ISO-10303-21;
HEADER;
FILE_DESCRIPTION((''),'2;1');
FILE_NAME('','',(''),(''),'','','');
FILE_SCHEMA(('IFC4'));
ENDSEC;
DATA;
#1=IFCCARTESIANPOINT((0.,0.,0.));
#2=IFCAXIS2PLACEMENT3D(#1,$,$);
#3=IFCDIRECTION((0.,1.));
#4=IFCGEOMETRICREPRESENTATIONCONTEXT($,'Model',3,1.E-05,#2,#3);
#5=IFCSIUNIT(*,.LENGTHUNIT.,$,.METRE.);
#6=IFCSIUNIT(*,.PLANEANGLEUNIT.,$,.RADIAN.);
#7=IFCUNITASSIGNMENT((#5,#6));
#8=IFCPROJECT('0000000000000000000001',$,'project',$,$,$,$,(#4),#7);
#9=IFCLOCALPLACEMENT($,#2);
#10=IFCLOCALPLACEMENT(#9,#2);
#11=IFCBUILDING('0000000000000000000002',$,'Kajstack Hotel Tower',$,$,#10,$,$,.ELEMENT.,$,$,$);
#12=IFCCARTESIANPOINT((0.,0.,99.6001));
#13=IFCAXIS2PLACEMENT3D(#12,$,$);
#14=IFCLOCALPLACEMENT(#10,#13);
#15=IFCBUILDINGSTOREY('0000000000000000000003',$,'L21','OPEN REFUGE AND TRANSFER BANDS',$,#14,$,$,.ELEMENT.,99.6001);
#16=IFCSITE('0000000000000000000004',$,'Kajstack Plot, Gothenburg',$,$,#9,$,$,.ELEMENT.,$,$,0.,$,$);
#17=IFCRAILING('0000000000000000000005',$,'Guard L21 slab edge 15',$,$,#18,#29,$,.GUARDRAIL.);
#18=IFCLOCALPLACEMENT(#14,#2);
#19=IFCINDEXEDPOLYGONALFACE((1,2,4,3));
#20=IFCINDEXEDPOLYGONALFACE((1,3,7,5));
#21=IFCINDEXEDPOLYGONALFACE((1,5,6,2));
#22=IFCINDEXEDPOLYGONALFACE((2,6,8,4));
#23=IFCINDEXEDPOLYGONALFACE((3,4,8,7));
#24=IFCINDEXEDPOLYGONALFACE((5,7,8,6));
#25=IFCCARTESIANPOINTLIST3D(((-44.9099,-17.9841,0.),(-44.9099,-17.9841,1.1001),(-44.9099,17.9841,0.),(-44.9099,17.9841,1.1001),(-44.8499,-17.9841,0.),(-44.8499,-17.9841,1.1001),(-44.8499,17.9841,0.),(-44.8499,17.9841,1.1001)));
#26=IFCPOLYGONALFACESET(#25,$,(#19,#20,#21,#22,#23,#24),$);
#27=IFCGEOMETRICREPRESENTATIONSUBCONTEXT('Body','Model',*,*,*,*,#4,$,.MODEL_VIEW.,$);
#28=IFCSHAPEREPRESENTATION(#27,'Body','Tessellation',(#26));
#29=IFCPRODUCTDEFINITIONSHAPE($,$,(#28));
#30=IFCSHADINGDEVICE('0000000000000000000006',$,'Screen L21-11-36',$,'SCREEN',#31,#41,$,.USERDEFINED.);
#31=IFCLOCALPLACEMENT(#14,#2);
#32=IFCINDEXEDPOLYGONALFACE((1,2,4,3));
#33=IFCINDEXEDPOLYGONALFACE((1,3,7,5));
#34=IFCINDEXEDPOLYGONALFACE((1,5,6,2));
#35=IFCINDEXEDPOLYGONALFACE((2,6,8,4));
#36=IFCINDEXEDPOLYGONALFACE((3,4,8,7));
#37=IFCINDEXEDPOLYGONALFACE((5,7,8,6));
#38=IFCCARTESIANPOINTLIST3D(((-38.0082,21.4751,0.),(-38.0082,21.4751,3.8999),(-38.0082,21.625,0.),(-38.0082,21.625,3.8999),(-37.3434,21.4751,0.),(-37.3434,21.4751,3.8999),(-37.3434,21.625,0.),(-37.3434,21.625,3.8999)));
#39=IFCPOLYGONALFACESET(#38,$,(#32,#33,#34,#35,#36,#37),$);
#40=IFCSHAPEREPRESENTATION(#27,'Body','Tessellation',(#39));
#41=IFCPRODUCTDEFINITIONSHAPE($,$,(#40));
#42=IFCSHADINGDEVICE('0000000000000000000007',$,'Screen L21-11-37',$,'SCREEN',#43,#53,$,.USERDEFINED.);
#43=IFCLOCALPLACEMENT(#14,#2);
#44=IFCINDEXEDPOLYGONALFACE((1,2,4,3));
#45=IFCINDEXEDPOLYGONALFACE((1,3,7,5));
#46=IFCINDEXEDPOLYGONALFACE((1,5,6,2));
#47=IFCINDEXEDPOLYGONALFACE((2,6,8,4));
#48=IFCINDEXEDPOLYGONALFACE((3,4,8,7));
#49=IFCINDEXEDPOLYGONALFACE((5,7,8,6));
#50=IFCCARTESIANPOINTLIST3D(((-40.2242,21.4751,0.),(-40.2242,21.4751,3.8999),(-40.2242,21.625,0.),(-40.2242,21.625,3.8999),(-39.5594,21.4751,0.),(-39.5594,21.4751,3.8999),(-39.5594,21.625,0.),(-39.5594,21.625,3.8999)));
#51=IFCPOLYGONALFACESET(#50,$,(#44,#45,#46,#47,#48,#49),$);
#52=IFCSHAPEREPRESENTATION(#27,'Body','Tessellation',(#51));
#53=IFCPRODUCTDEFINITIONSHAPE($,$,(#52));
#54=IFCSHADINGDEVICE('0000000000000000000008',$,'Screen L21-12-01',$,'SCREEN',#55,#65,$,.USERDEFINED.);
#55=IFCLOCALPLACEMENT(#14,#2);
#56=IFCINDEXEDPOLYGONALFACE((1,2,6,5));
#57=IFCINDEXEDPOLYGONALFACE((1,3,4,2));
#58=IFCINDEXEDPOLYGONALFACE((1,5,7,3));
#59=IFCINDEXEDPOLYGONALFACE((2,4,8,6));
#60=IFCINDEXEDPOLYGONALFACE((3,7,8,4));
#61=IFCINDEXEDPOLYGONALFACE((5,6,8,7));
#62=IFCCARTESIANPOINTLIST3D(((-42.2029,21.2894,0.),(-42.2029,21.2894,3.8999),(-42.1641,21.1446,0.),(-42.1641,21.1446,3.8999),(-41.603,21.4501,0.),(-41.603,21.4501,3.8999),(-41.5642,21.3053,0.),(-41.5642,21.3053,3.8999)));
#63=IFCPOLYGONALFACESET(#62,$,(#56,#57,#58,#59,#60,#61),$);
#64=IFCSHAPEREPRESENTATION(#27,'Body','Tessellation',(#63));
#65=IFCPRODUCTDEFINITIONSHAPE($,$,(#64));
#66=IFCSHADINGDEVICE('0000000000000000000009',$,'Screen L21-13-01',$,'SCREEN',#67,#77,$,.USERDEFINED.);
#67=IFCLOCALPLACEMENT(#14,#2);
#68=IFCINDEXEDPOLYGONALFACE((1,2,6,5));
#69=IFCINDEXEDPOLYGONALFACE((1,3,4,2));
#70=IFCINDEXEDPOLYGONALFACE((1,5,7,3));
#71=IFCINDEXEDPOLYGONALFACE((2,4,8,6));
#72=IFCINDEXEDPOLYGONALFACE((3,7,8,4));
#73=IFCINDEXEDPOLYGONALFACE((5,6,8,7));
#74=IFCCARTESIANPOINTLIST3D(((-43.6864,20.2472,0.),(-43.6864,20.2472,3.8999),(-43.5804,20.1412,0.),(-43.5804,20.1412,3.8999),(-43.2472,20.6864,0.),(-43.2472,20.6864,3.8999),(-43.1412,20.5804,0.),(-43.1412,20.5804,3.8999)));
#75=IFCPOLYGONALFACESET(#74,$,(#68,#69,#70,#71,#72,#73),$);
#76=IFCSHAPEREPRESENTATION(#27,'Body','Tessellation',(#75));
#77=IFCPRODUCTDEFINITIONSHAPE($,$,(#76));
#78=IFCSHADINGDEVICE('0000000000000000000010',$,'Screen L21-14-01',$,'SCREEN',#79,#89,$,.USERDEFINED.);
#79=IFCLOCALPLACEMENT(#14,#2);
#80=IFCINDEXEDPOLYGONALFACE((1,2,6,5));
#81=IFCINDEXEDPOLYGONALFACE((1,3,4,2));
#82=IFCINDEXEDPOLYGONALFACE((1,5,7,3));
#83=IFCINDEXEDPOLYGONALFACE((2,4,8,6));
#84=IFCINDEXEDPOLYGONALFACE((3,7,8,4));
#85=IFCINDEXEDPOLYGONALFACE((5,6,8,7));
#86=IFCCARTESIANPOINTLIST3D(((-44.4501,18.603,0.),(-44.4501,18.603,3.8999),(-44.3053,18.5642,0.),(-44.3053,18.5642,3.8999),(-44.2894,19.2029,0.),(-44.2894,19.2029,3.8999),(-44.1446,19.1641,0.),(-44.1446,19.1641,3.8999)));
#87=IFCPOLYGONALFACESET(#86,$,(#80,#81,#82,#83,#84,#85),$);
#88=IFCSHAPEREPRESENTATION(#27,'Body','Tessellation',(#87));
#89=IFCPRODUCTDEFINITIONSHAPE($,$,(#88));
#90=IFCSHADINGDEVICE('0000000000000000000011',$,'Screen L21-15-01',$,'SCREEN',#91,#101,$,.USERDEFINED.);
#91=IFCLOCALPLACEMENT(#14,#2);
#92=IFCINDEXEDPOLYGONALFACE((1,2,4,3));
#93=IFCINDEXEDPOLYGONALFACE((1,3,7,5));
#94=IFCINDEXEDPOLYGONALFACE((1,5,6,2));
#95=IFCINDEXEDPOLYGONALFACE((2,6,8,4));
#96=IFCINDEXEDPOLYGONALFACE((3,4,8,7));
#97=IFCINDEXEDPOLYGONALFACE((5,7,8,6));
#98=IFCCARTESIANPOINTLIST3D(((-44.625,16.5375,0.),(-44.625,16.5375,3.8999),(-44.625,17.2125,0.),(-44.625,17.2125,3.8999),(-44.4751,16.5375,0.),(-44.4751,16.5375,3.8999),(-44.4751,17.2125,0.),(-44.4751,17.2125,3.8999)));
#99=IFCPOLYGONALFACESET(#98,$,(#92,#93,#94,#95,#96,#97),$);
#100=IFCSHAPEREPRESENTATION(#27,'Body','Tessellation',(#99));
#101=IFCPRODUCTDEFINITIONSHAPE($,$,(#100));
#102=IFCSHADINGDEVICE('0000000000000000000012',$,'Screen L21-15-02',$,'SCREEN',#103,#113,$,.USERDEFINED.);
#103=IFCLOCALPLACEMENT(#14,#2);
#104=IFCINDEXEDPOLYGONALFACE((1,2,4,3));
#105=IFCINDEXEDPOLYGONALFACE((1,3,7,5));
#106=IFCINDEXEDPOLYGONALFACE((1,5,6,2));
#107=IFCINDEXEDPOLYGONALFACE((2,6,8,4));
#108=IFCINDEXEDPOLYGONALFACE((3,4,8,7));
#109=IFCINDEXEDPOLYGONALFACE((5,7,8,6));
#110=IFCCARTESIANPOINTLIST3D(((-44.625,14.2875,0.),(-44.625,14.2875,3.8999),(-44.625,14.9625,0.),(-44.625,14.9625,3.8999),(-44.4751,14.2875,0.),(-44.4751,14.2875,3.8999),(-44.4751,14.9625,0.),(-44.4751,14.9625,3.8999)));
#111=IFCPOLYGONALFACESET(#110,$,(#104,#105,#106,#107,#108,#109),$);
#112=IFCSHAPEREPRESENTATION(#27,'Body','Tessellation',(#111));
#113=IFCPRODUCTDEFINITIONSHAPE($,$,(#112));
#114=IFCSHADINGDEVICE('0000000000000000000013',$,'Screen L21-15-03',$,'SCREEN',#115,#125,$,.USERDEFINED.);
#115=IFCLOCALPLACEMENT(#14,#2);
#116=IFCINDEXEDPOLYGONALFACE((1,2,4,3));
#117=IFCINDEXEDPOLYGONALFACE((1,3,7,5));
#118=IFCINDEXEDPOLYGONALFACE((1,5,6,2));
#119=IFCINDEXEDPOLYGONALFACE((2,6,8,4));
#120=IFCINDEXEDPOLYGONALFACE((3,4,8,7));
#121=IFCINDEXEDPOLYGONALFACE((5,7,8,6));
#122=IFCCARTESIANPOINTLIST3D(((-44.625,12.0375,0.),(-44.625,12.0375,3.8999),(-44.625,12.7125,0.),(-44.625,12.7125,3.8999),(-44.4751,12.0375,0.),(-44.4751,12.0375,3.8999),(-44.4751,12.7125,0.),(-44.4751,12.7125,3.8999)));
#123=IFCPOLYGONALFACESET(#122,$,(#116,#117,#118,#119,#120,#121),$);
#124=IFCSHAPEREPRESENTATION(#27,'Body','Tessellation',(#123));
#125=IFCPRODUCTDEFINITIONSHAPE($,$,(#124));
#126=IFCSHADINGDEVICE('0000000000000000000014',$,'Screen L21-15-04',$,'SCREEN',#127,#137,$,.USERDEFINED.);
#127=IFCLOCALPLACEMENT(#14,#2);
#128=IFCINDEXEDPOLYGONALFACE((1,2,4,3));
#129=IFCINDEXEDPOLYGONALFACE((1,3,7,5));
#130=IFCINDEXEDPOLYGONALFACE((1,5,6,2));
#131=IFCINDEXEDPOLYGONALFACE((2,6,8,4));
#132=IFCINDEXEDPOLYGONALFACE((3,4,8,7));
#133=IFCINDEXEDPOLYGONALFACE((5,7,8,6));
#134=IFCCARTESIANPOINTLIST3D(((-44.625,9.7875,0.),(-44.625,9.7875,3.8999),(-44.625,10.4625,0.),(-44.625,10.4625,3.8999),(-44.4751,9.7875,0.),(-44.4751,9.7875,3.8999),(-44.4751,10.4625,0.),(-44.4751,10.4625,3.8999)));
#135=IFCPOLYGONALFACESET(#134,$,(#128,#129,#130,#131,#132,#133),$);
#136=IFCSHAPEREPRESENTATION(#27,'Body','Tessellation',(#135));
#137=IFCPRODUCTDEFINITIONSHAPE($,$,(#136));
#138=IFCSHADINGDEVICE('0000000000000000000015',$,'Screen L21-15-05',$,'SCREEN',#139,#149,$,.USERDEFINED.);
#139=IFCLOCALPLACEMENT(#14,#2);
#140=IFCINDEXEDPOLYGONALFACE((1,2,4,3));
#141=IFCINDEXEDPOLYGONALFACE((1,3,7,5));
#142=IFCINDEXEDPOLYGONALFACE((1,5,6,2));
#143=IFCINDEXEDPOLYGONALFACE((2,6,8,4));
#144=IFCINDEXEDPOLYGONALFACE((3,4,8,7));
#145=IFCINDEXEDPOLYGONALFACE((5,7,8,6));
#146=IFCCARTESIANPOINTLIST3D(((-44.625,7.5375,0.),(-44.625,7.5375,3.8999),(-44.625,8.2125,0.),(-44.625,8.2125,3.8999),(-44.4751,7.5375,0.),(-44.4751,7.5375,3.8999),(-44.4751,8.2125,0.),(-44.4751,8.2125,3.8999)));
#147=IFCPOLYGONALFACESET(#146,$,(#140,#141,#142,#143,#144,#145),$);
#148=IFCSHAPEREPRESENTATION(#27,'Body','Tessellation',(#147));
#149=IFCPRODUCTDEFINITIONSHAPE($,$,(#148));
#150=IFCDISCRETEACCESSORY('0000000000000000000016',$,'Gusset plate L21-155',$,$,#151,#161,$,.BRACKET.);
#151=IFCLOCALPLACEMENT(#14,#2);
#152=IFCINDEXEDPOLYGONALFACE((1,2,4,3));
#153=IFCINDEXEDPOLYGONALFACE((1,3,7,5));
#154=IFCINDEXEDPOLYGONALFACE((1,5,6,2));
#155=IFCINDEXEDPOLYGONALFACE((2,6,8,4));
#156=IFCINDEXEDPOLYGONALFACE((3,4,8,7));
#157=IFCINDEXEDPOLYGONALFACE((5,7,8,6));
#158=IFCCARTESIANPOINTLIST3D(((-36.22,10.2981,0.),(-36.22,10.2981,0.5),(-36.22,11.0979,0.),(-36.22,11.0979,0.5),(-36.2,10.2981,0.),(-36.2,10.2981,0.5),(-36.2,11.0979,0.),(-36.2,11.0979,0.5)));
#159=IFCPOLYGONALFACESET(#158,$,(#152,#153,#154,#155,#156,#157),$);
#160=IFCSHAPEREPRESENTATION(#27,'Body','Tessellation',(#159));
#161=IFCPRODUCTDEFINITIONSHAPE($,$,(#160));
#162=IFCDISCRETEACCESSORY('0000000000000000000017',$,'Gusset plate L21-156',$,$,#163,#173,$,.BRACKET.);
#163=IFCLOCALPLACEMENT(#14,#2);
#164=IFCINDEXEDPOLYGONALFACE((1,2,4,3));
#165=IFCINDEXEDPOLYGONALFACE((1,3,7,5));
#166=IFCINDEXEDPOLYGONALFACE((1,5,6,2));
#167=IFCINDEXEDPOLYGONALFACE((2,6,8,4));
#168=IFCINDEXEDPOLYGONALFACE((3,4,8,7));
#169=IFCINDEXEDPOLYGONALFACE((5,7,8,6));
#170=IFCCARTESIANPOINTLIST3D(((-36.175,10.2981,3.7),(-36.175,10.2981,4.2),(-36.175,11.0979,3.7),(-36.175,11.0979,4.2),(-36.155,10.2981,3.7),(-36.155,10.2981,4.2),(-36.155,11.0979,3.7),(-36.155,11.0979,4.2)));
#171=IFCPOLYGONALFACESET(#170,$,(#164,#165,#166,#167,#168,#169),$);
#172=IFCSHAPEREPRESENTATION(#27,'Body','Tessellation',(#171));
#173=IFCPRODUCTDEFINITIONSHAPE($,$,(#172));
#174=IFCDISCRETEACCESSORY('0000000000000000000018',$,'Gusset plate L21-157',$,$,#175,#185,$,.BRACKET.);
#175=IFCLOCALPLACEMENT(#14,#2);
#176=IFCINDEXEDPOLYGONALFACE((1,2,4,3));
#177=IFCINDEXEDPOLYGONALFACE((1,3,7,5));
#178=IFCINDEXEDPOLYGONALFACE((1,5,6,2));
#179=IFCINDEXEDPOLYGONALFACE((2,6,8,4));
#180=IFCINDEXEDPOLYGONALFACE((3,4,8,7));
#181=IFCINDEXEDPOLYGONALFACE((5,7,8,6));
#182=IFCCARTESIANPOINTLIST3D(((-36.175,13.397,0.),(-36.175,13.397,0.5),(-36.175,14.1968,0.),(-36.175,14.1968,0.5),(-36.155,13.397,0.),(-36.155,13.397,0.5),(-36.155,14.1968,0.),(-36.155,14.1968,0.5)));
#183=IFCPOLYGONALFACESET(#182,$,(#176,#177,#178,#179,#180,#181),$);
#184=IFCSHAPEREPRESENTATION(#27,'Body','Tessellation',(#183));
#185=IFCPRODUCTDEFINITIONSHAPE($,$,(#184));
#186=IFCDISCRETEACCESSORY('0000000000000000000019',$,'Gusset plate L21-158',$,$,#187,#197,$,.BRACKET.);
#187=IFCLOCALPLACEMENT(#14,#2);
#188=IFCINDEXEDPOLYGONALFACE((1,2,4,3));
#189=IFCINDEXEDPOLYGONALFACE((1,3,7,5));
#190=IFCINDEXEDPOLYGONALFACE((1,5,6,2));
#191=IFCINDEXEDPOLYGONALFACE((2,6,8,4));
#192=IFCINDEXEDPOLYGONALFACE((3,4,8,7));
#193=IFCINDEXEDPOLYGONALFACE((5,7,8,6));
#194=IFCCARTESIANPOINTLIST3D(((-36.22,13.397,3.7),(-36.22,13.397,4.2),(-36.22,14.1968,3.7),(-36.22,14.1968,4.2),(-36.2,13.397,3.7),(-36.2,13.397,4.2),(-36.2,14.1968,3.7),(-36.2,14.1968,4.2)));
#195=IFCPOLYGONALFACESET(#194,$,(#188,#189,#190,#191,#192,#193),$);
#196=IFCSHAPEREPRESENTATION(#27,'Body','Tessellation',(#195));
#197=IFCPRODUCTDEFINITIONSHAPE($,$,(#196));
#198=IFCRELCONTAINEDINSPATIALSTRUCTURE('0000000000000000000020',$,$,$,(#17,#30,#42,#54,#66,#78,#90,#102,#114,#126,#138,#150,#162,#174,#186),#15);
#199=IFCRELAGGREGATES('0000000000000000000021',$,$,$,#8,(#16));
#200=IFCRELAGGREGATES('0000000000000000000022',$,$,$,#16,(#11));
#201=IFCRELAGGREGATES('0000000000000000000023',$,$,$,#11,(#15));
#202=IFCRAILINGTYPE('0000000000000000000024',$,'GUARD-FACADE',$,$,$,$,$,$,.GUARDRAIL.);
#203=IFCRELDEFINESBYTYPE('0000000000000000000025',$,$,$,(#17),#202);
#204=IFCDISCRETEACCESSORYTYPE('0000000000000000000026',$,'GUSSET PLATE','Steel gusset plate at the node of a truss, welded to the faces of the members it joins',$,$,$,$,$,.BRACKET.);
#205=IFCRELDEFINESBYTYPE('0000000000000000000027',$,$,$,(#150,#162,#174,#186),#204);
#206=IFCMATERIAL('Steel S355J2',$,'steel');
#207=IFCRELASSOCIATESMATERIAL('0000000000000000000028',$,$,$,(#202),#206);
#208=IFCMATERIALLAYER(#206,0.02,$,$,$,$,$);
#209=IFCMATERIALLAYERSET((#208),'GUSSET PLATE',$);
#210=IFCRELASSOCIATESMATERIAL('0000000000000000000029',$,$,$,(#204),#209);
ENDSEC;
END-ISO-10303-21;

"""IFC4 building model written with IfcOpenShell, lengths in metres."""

from ifc_helpers import new_model, si_unit, direction, frame, origin, origin_2d, place, context, subcontext, project, spatial, polyline, rectangle, outline, extrude, material, layer, layer_set, type_object, element, save


model = new_model("IFC4")

# Units and contexts
model_context = context("Model", 3, precision=1e-05, world=origin(), true_north=direction((0.0, 1.0)))
body_context = subcontext(model_context, "Body", "Model", "MODEL_VIEW")
ifc_project = project(units=[si_unit("LENGTHUNIT", "METRE"), si_unit("PLANEANGLEUNIT", "RADIAN")], contexts=[model_context])

# Site, building, storey
site_placement = place(None, origin())
site = spatial("IfcSite", under=ifc_project, at=site_placement, Name="Kajstack Plot, Gothenburg", CompositionType="ELEMENT", RefElevation=0.0)
building_placement = place(site_placement, origin())
building = spatial("IfcBuilding", under=site, at=building_placement, Name="Kajstack Hotel Tower", CompositionType="ELEMENT")
storey_placement = place(building_placement, frame((0.0, 0.0, 99.6001)))
storey = spatial("IfcBuildingStorey", under=building, at=storey_placement, Name="L21", Description="OPEN REFUGE AND TRANSFER BANDS", CompositionType="ELEMENT", Elevation=99.6001)

# Railing
ifc_material = material(Name="Steel S355J2", Category="steel")
railing_type = type_object("IfcRailingType", Name="GUARD-FACADE", PredefinedType="GUARDRAIL", material=ifc_material)
railing_1_placement = place(storey_placement, frame((-44.8799, 17.9841, 0.0)))
element("IfcRailing", 1, at=railing_1_placement, inside=storey, type_object=railing_type, Name="Guard L21 slab edge 15", PredefinedType="GUARDRAIL", context=body_context, shape_type="SweptSolid", body=[
    extrude(outline(polyline([(0.03, -35.9683), (-0.03, -35.9683), (-0.03, 0.0), (0.03, 0.0), (0.03, -35.9683)])), origin(), (0.0, 0.0, 1.0), 1.1001),
])

# Shading devices
for number, where, z_axis, x_axis, name in (
    (2, (-37.6758, 21.55, 0.0), (0.0, 0.0, 1.0), (-1.0, 0.0, 0.0), "Screen L21-11-36"),
    (3, (-39.8918, 21.55, 0.0), (0.0, 0.0, 1.0), (-1.0, 0.0, 0.0), "Screen L21-11-37"),
):
    element("IfcShadingDevice", number, at=place(storey_placement, frame(where, z_axis=z_axis, x_axis=x_axis)), inside=storey, Name=name, ObjectType="SCREEN", PredefinedType="USERDEFINED", context=body_context, shape_type="SweptSolid", body=[
        extrude(rectangle(XDim=0.6648, YDim=0.1499, at=origin_2d()), origin(), (0.0, 0.0, 1.0), 3.8999),
    ])
for number, where, z_axis, x_axis, name in (
    (4, (-41.8835, 21.2974, 0.0), (0.0, 0.0, 1.0), (-0.965926, -0.25882, 0.0), "Screen L21-12-01"),
    (5, (-43.4138, 20.4138, 0.0), (0.0, 0.0, 1.0), (-0.707107, -0.707107, 0.0), "Screen L21-13-01"),
    (6, (-44.2974, 18.8835, 0.0), (0.0, 0.0, 1.0), (-0.25882, -0.965926, 0.0), "Screen L21-14-01"),
):
    element("IfcShadingDevice", number, at=place(storey_placement, frame(where, z_axis=z_axis, x_axis=x_axis)), inside=storey, Name=name, ObjectType="SCREEN", PredefinedType="USERDEFINED", context=body_context, shape_type="SweptSolid", body=[
        extrude(rectangle(XDim=0.6211, YDim=0.1499, at=origin_2d()), origin(), (0.0, 0.0, 1.0), 3.8999),
    ])
for number, where, z_axis, x_axis, name in (
    (7, (-44.55, 16.875, 0.0), (0.0, 0.0, 1.0), (0.0, -1.0, 0.0), "Screen L21-15-01"),
    (8, (-44.55, 14.625, 0.0), (0.0, 0.0, 1.0), (0.0, -1.0, 0.0), "Screen L21-15-02"),
    (9, (-44.55, 12.375, 0.0), (0.0, 0.0, 1.0), (0.0, -1.0, 0.0), "Screen L21-15-03"),
    (10, (-44.55, 10.125, 0.0), (0.0, 0.0, 1.0), (0.0, -1.0, 0.0), "Screen L21-15-04"),
    (11, (-44.55, 7.875, 0.0), (0.0, 0.0, 1.0), (0.0, -1.0, 0.0), "Screen L21-15-05"),
):
    element("IfcShadingDevice", number, at=place(storey_placement, frame(where, z_axis=z_axis, x_axis=x_axis)), inside=storey, Name=name, ObjectType="SCREEN", PredefinedType="USERDEFINED", context=body_context, shape_type="SweptSolid", body=[
        extrude(rectangle(XDim=0.675, YDim=0.1499, at=origin_2d()), origin(), (0.0, 0.0, 1.0), 3.8999),
    ])

# Discrete accessories
ifc_layer = layer(ifc_material, 0.02)
ifc_layer_set = layer_set([ifc_layer], Name="GUSSET PLATE")
discrete_accessory_type = type_object("IfcDiscreteAccessoryType", Name="GUSSET PLATE", Description="Steel gusset plate at the node of a truss, welded to the faces of the members it joins", PredefinedType="BRACKET", material=ifc_layer_set)
for number, where, z_axis, x_axis, name in (
    (12, (-36.22, 10.698, 0.0), (1.0, 0.0, 0.0), (0.0, 1.0, 0.0), "Gusset plate L21-155"),
    (13, (-36.175, 10.698, 3.7), (1.0, 0.0, 0.0), (0.0, 1.0, 0.0), "Gusset plate L21-156"),
    (14, (-36.175, 13.7969, 0.0), (1.0, 0.0, 0.0), (0.0, 1.0, 0.0), "Gusset plate L21-157"),
    (15, (-36.22, 13.7969, 3.7), (1.0, 0.0, 0.0), (0.0, 1.0, 0.0), "Gusset plate L21-158"),
):
    element("IfcDiscreteAccessory", number, at=place(storey_placement, frame(where, z_axis=z_axis, x_axis=x_axis)), inside=storey, type_object=discrete_accessory_type, Name=name, PredefinedType="BRACKET", context=body_context, shape_type="SweptSolid", body=[
        extrude(outline(polyline([(-0.3999, 0.0), (0.3999, 0.0), (0.3999, 0.5), (-0.3999, 0.5), (-0.3999, 0.0)])), origin(), (0.0, 0.0, 1.0), 0.02),
    ])

save(model, "model.ifc")
